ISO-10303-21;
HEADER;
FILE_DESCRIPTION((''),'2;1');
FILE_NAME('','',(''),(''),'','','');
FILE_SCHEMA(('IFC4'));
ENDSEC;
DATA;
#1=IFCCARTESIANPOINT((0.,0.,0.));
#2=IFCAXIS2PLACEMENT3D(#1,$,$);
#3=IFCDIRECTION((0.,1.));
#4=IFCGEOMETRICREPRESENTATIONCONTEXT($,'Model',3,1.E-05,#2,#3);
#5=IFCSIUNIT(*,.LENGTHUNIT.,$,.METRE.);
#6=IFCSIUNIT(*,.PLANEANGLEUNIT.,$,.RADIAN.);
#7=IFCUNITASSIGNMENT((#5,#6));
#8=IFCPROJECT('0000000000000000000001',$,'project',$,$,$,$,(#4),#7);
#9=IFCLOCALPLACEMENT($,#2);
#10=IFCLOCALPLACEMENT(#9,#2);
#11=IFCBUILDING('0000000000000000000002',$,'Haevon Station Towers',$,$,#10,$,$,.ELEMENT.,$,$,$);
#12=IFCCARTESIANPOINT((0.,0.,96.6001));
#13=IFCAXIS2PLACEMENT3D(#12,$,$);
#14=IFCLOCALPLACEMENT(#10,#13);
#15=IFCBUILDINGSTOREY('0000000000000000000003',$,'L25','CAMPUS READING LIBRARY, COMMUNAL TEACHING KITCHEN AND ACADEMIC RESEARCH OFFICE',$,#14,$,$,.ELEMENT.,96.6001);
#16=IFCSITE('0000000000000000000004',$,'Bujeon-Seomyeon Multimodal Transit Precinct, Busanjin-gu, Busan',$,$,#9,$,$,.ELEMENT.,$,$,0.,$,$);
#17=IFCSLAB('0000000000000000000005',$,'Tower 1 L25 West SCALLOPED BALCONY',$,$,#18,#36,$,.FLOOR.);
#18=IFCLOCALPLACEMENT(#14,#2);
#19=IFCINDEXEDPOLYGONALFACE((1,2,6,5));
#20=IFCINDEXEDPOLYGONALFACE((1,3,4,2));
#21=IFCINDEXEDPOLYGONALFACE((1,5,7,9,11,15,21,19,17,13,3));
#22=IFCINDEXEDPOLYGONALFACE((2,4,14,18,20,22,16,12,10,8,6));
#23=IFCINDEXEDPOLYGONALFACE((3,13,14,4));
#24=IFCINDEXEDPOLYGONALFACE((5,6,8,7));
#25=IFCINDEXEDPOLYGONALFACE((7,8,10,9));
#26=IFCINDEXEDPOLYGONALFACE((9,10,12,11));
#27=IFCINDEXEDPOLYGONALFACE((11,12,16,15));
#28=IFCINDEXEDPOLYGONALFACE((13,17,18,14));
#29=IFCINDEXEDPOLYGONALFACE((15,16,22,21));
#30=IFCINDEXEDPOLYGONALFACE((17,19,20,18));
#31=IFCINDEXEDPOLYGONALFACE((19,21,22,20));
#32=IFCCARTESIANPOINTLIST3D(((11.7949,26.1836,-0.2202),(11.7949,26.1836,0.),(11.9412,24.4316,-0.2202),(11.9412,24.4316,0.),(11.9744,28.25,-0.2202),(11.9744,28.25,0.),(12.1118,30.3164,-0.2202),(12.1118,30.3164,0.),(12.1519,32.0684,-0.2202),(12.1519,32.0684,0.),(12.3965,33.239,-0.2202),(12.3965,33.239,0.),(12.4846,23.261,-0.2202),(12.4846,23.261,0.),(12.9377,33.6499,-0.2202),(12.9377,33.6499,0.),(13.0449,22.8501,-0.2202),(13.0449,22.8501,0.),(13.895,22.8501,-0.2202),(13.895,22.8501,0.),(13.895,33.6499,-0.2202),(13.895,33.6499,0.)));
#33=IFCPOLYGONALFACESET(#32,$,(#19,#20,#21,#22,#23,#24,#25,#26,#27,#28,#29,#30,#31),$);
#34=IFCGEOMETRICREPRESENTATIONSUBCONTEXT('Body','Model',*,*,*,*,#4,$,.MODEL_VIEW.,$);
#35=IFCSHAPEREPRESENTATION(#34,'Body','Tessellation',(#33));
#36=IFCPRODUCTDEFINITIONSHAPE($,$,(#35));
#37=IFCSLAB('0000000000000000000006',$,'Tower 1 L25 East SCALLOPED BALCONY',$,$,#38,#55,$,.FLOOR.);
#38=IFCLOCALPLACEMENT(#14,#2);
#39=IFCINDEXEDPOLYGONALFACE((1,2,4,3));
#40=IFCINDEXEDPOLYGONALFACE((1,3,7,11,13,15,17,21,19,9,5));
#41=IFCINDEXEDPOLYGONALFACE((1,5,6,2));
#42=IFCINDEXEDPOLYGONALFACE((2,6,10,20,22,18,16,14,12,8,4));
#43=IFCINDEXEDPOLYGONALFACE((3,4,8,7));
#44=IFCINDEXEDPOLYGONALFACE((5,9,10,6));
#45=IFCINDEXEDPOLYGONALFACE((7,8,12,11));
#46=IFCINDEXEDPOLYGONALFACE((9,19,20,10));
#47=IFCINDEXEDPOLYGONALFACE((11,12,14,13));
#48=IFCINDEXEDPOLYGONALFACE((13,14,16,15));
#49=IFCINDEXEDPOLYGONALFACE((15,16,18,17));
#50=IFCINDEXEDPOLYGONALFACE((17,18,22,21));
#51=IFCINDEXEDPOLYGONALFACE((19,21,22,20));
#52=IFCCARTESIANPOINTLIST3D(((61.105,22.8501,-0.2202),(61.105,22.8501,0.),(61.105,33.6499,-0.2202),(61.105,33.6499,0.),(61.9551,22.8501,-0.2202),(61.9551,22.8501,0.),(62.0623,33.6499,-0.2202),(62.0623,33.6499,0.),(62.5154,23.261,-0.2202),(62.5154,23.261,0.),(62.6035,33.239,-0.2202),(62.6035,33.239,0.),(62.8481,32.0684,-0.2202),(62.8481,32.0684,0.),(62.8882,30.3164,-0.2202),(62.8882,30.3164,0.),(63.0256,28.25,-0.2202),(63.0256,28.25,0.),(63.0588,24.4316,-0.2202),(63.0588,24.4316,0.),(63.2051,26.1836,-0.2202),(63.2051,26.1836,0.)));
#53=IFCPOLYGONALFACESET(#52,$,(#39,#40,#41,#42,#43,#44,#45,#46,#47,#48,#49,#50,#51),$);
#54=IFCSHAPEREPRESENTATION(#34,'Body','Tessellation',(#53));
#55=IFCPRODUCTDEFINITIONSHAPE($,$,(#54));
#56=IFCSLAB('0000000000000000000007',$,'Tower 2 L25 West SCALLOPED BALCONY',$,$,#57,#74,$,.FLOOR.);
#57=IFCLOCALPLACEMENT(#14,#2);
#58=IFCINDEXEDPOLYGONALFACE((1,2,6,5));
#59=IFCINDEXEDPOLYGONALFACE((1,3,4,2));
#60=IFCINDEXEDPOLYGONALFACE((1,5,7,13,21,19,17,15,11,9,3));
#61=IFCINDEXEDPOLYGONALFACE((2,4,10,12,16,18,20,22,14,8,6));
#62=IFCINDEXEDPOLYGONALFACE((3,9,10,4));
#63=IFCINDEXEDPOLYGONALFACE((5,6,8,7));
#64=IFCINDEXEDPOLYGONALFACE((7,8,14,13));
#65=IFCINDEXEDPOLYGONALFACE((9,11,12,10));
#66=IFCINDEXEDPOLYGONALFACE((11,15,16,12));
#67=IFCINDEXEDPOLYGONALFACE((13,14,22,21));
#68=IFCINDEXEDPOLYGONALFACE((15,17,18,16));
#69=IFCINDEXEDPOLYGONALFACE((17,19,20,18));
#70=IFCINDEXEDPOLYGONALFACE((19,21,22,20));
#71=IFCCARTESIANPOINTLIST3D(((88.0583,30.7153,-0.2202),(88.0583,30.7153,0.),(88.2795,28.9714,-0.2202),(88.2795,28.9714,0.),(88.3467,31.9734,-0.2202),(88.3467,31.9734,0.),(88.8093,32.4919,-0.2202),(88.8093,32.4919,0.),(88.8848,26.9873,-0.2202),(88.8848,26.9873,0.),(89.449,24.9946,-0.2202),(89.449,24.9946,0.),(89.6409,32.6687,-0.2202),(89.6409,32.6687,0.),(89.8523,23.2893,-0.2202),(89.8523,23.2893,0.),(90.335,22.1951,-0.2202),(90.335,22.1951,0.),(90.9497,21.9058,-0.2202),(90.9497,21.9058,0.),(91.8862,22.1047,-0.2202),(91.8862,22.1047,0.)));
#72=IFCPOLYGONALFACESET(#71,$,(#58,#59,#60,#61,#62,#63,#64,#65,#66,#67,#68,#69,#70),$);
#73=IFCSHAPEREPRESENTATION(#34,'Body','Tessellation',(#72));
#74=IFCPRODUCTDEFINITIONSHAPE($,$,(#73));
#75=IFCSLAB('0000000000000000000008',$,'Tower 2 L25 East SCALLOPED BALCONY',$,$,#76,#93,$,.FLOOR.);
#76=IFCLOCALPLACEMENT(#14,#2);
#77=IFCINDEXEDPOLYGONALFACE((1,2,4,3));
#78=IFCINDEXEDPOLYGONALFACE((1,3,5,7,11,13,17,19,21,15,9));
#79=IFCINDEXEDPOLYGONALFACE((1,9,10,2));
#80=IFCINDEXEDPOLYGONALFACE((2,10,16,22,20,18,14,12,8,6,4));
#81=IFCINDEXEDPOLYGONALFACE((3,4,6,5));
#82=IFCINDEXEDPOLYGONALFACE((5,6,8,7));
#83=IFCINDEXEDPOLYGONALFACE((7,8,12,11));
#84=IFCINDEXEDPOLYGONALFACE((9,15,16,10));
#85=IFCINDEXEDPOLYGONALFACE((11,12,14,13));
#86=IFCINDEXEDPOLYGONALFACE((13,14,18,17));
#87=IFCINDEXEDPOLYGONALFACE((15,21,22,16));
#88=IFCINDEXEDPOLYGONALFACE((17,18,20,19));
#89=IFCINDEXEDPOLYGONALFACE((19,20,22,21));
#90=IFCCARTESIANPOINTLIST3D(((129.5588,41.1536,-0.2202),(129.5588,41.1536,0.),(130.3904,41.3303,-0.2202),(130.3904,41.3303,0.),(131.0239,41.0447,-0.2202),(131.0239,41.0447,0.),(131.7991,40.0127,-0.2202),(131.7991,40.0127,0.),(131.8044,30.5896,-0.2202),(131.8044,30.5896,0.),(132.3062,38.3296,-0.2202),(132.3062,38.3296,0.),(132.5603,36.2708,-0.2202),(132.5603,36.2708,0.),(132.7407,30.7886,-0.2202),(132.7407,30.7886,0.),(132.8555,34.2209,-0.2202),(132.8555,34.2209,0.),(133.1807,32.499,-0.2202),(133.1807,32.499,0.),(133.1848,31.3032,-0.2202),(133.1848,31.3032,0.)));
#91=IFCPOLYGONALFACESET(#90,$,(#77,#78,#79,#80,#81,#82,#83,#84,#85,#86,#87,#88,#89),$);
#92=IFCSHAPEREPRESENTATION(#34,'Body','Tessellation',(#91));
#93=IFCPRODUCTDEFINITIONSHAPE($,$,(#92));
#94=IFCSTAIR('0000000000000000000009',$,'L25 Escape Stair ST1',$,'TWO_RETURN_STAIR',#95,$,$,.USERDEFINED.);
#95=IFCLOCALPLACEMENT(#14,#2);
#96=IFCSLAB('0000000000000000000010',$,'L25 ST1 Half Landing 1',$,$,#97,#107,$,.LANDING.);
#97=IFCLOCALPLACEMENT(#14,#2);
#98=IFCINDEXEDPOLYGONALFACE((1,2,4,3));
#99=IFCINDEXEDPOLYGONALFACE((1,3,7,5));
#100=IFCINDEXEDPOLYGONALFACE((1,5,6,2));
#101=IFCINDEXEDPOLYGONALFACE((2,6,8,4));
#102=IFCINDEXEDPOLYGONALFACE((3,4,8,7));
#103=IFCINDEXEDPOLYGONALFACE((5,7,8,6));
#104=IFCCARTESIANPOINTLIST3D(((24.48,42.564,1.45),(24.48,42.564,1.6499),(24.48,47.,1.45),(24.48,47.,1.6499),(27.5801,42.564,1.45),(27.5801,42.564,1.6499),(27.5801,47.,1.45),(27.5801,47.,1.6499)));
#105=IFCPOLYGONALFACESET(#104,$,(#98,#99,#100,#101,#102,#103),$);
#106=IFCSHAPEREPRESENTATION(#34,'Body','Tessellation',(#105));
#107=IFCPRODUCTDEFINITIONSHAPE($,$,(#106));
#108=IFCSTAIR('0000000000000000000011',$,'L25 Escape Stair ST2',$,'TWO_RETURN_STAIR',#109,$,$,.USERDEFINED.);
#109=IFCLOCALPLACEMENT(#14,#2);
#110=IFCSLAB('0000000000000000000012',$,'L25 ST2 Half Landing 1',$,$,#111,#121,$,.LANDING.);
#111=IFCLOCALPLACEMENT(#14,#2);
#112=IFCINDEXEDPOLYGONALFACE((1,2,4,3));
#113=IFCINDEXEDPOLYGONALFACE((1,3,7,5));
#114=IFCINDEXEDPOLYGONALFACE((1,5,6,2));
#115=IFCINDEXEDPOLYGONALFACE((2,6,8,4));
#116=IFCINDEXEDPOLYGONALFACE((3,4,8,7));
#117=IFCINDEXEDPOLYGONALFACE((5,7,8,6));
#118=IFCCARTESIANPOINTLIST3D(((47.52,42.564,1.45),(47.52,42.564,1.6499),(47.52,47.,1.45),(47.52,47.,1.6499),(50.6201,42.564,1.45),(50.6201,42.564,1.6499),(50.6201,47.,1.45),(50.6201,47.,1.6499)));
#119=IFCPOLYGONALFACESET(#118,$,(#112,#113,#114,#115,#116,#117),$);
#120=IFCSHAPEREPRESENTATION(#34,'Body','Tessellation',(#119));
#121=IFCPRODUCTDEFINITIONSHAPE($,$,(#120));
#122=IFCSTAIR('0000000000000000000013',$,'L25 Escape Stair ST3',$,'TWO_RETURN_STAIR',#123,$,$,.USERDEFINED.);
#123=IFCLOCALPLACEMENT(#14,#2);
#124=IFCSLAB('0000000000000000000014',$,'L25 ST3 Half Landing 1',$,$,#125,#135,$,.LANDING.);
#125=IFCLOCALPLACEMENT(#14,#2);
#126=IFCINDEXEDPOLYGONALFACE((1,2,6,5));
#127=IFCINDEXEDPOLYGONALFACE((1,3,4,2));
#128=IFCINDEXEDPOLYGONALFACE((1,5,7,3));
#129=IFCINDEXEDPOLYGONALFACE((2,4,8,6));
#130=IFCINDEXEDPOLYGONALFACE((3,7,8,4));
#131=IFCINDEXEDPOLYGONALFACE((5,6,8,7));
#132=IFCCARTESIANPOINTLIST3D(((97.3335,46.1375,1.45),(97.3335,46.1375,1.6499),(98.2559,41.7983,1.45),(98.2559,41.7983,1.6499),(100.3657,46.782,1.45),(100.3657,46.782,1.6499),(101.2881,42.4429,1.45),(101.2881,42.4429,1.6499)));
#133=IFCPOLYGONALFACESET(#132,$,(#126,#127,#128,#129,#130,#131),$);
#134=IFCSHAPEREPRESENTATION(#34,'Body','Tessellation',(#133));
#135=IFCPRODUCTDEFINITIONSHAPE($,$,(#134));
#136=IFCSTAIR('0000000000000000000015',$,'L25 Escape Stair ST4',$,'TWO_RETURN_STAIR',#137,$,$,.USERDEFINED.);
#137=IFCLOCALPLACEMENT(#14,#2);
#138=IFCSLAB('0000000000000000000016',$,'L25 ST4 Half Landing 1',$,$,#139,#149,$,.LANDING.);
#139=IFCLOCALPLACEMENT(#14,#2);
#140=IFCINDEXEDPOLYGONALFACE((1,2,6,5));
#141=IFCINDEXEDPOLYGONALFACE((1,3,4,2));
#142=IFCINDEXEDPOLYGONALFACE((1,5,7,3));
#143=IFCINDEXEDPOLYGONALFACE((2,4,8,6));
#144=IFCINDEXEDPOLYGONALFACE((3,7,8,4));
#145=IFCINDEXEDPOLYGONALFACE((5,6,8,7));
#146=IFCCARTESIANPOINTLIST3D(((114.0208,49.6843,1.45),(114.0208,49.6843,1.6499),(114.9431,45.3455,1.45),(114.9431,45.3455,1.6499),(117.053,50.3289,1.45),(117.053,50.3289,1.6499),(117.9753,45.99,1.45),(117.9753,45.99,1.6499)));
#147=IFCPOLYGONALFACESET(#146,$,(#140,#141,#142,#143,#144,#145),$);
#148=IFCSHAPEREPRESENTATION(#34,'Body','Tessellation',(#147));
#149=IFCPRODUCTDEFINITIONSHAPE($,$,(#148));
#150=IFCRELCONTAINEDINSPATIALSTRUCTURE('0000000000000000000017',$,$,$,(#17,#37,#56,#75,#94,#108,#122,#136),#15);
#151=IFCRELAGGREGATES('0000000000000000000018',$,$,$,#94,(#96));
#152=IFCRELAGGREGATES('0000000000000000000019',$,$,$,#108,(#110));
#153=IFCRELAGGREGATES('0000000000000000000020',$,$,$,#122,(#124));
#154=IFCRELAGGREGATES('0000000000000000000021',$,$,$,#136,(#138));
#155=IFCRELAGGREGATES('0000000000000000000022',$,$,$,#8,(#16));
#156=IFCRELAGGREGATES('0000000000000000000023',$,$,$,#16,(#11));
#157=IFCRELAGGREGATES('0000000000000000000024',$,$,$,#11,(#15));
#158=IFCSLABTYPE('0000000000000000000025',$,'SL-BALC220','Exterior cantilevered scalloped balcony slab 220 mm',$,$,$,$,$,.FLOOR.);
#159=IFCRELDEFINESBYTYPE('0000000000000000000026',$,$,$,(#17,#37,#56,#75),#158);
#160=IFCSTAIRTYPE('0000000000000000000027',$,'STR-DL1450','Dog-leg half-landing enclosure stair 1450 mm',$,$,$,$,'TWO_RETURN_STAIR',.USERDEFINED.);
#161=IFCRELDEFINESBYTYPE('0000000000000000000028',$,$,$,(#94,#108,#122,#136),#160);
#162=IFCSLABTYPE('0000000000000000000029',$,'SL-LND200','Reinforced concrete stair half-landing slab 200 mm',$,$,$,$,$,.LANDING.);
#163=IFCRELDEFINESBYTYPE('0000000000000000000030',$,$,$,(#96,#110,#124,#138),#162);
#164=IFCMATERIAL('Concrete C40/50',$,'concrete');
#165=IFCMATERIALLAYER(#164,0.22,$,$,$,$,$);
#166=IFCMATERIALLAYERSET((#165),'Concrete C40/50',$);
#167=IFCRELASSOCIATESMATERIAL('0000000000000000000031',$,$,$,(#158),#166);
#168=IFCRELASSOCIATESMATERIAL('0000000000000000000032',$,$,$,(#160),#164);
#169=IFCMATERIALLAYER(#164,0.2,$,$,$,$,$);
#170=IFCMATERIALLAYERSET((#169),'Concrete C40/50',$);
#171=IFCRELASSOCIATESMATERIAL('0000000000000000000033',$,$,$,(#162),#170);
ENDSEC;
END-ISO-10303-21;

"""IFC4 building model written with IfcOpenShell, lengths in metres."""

from ifc_helpers import new_model, si_unit, direction, frame, origin, place, context, subcontext, project, spatial, polyline, outline, extrude, material, layer, layer_set, type_object, element, aggregate, save


model = new_model("IFC4")

# Units and contexts
model_context = context("Model", 3, precision=1e-05, world=origin(), true_north=direction((0.0, 1.0)))
body_context = subcontext(model_context, "Body", "Model", "MODEL_VIEW")
ifc_project = project(units=[si_unit("LENGTHUNIT", "METRE"), si_unit("PLANEANGLEUNIT", "RADIAN")], contexts=[model_context])

# Site, building, storey
site_placement = place(None, origin())
site = spatial("IfcSite", under=ifc_project, at=site_placement, Name="Bujeon-Seomyeon Multimodal Transit Precinct, Busanjin-gu, Busan", CompositionType="ELEMENT", RefElevation=0.0)
building_placement = place(site_placement, origin())
building = spatial("IfcBuilding", under=site, at=building_placement, Name="Haevon Station Towers", CompositionType="ELEMENT")
storey_placement = place(building_placement, frame((0.0, 0.0, 96.6001)))
storey = spatial("IfcBuildingStorey", under=building, at=storey_placement, Name="L25", Description="CAMPUS READING LIBRARY, COMMUNAL TEACHING KITCHEN AND ACADEMIC RESEARCH OFFICE", CompositionType="ELEMENT", Elevation=96.6001)

# Slabs
ifc_material_1 = material(Name="Concrete C40/50", Category="concrete")
ifc_layer_1 = layer(ifc_material_1, 0.22)
ifc_layer_set_1 = layer_set([ifc_layer_1], Name="Concrete C40/50")
slab_type_1 = type_object("IfcSlabType", Name="SL-BALC220", Description="Exterior cantilevered scalloped balcony slab 220 mm", PredefinedType="FLOOR", material=ifc_layer_set_1)
slab_1_placement = place(storey_placement, frame((0.0, 0.0, -0.2202)))
element("IfcSlab", 1, at=slab_1_placement, inside=storey, type_object=slab_type_1, Name="Tower 1 L25 West SCALLOPED BALCONY", PredefinedType="FLOOR", context=body_context, shape_type="SweptSolid", body=[
    extrude(outline(polyline([(13.895, 33.6499), (12.9377, 33.6499), (12.3965, 33.239), (12.1519, 32.0684), (12.1118, 30.3164), (11.9744, 28.25), (11.7949, 26.1836), (11.9412, 24.4316), (12.4846, 23.261), (13.0449, 22.8501), (13.895, 22.8501), (13.895, 33.6499)])), origin(), (0.0, 0.0, 1.0), 0.2202),
])
slab_2_placement = place(storey_placement, frame((0.0, 0.0, -0.2202)))
element("IfcSlab", 2, at=slab_2_placement, inside=storey, type_object=slab_type_1, Name="Tower 1 L25 East SCALLOPED BALCONY", PredefinedType="FLOOR", context=body_context, shape_type="SweptSolid", body=[
    extrude(outline(polyline([(61.105, 22.8501), (61.9551, 22.8501), (62.5154, 23.261), (63.0588, 24.4316), (63.2051, 26.1836), (63.0256, 28.25), (62.8882, 30.3164), (62.8481, 32.0684), (62.6035, 33.239), (62.0623, 33.6499), (61.105, 33.6499), (61.105, 22.8501)])), origin(), (0.0, 0.0, 1.0), 0.2202),
])
slab_3_placement = place(storey_placement, frame((0.0, 0.0, -0.2202)))
element("IfcSlab", 3, at=slab_3_placement, inside=storey, type_object=slab_type_1, Name="Tower 2 L25 West SCALLOPED BALCONY", PredefinedType="FLOOR", context=body_context, shape_type="SweptSolid", body=[
    extrude(outline(polyline([(89.6409, 32.6687), (88.8093, 32.4919), (88.3467, 31.9734), (88.0583, 30.7153), (88.2795, 28.9714), (88.8848, 26.9873), (89.449, 24.9946), (89.8523, 23.2893), (90.335, 22.1951), (90.9497, 21.9058), (91.8862, 22.1047), (89.6409, 32.6687)])), origin(), (0.0, 0.0, 1.0), 0.2202),
])
slab_4_placement = place(storey_placement, frame((0.0, 0.0, -0.2202)))
element("IfcSlab", 4, at=slab_4_placement, inside=storey, type_object=slab_type_1, Name="Tower 2 L25 East SCALLOPED BALCONY", PredefinedType="FLOOR", context=body_context, shape_type="SweptSolid", body=[
    extrude(outline(polyline([(131.8044, 30.5896), (132.7407, 30.7886), (133.1848, 31.3032), (133.1807, 32.499), (132.8555, 34.2209), (132.5603, 36.2708), (132.3062, 38.3296), (131.7991, 40.0127), (131.0239, 41.0447), (130.3904, 41.3303), (129.5588, 41.1536), (131.8044, 30.5896)])), origin(), (0.0, 0.0, 1.0), 0.2202),
])

# Stairs, slabs
stair_type = type_object("IfcStairType", Name="STR-DL1450", Description="Dog-leg half-landing enclosure stair 1450 mm", ElementType="TWO_RETURN_STAIR", PredefinedType="USERDEFINED", material=ifc_material_1)
stair_1_placement = place(storey_placement, origin())
stair_1 = element("IfcStair", 5, at=stair_1_placement, inside=storey, type_object=stair_type, Name="L25 Escape Stair ST1", ObjectType="TWO_RETURN_STAIR", PredefinedType="USERDEFINED")
ifc_layer_2 = layer(ifc_material_1, 0.2)
ifc_layer_set_2 = layer_set([ifc_layer_2], Name="Concrete C40/50")
slab_type_2 = type_object("IfcSlabType", Name="SL-LND200", Description="Reinforced concrete stair half-landing slab 200 mm", PredefinedType="LANDING", material=ifc_layer_set_2)
slab_5_placement = place(storey_placement, frame((0.0, 0.0, 1.45)))
slab_5 = element("IfcSlab", 6, at=slab_5_placement, type_object=slab_type_2, Name="L25 ST1 Half Landing 1", PredefinedType="LANDING", context=body_context, shape_type="SweptSolid", body=[
    extrude(outline(polyline([(27.5801, 42.564), (27.5801, 47.0), (24.48, 47.0), (24.48, 42.564), (27.5801, 42.564)])), origin(), (0.0, 0.0, 1.0), 0.2),
])
aggregate(stair_1, [slab_5])
stair_2_placement = place(storey_placement, origin())
stair_2 = element("IfcStair", 7, at=stair_2_placement, inside=storey, type_object=stair_type, Name="L25 Escape Stair ST2", ObjectType="TWO_RETURN_STAIR", PredefinedType="USERDEFINED")
slab_6_placement = place(storey_placement, frame((0.0, 0.0, 1.45)))
slab_6 = element("IfcSlab", 8, at=slab_6_placement, type_object=slab_type_2, Name="L25 ST2 Half Landing 1", PredefinedType="LANDING", context=body_context, shape_type="SweptSolid", body=[
    extrude(outline(polyline([(50.6201, 42.564), (50.6201, 47.0), (47.52, 47.0), (47.52, 42.564), (50.6201, 42.564)])), origin(), (0.0, 0.0, 1.0), 0.2),
])
aggregate(stair_2, [slab_6])
stair_3_placement = place(storey_placement, origin())
stair_3 = element("IfcStair", 9, at=stair_3_placement, inside=storey, type_object=stair_type, Name="L25 Escape Stair ST3", ObjectType="TWO_RETURN_STAIR", PredefinedType="USERDEFINED")
slab_7_placement = place(storey_placement, frame((0.0, 0.0, 1.45)))
slab_7 = element("IfcSlab", 10, at=slab_7_placement, type_object=slab_type_2, Name="L25 ST3 Half Landing 1", PredefinedType="LANDING", context=body_context, shape_type="SweptSolid", body=[
    extrude(outline(polyline([(101.2881, 42.4429), (100.3657, 46.782), (97.3335, 46.1375), (98.2559, 41.7983), (101.2881, 42.4429)])), origin(), (0.0, 0.0, 1.0), 0.2),
])
aggregate(stair_3, [slab_7])
stair_4_placement = place(storey_placement, origin())
stair_4 = element("IfcStair", 11, at=stair_4_placement, inside=storey, type_object=stair_type, Name="L25 Escape Stair ST4", ObjectType="TWO_RETURN_STAIR", PredefinedType="USERDEFINED")
slab_8_placement = place(storey_placement, frame((0.0, 0.0, 1.45)))
slab_8 = element("IfcSlab", 12, at=slab_8_placement, type_object=slab_type_2, Name="L25 ST4 Half Landing 1", PredefinedType="LANDING", context=body_context, shape_type="SweptSolid", body=[
    extrude(outline(polyline([(117.9753, 45.99), (117.053, 50.3289), (114.0208, 49.6843), (114.9431, 45.3455), (117.9753, 45.99)])), origin(), (0.0, 0.0, 1.0), 0.2),
])
aggregate(stair_4, [slab_8])

save(model, "model.ifc")
